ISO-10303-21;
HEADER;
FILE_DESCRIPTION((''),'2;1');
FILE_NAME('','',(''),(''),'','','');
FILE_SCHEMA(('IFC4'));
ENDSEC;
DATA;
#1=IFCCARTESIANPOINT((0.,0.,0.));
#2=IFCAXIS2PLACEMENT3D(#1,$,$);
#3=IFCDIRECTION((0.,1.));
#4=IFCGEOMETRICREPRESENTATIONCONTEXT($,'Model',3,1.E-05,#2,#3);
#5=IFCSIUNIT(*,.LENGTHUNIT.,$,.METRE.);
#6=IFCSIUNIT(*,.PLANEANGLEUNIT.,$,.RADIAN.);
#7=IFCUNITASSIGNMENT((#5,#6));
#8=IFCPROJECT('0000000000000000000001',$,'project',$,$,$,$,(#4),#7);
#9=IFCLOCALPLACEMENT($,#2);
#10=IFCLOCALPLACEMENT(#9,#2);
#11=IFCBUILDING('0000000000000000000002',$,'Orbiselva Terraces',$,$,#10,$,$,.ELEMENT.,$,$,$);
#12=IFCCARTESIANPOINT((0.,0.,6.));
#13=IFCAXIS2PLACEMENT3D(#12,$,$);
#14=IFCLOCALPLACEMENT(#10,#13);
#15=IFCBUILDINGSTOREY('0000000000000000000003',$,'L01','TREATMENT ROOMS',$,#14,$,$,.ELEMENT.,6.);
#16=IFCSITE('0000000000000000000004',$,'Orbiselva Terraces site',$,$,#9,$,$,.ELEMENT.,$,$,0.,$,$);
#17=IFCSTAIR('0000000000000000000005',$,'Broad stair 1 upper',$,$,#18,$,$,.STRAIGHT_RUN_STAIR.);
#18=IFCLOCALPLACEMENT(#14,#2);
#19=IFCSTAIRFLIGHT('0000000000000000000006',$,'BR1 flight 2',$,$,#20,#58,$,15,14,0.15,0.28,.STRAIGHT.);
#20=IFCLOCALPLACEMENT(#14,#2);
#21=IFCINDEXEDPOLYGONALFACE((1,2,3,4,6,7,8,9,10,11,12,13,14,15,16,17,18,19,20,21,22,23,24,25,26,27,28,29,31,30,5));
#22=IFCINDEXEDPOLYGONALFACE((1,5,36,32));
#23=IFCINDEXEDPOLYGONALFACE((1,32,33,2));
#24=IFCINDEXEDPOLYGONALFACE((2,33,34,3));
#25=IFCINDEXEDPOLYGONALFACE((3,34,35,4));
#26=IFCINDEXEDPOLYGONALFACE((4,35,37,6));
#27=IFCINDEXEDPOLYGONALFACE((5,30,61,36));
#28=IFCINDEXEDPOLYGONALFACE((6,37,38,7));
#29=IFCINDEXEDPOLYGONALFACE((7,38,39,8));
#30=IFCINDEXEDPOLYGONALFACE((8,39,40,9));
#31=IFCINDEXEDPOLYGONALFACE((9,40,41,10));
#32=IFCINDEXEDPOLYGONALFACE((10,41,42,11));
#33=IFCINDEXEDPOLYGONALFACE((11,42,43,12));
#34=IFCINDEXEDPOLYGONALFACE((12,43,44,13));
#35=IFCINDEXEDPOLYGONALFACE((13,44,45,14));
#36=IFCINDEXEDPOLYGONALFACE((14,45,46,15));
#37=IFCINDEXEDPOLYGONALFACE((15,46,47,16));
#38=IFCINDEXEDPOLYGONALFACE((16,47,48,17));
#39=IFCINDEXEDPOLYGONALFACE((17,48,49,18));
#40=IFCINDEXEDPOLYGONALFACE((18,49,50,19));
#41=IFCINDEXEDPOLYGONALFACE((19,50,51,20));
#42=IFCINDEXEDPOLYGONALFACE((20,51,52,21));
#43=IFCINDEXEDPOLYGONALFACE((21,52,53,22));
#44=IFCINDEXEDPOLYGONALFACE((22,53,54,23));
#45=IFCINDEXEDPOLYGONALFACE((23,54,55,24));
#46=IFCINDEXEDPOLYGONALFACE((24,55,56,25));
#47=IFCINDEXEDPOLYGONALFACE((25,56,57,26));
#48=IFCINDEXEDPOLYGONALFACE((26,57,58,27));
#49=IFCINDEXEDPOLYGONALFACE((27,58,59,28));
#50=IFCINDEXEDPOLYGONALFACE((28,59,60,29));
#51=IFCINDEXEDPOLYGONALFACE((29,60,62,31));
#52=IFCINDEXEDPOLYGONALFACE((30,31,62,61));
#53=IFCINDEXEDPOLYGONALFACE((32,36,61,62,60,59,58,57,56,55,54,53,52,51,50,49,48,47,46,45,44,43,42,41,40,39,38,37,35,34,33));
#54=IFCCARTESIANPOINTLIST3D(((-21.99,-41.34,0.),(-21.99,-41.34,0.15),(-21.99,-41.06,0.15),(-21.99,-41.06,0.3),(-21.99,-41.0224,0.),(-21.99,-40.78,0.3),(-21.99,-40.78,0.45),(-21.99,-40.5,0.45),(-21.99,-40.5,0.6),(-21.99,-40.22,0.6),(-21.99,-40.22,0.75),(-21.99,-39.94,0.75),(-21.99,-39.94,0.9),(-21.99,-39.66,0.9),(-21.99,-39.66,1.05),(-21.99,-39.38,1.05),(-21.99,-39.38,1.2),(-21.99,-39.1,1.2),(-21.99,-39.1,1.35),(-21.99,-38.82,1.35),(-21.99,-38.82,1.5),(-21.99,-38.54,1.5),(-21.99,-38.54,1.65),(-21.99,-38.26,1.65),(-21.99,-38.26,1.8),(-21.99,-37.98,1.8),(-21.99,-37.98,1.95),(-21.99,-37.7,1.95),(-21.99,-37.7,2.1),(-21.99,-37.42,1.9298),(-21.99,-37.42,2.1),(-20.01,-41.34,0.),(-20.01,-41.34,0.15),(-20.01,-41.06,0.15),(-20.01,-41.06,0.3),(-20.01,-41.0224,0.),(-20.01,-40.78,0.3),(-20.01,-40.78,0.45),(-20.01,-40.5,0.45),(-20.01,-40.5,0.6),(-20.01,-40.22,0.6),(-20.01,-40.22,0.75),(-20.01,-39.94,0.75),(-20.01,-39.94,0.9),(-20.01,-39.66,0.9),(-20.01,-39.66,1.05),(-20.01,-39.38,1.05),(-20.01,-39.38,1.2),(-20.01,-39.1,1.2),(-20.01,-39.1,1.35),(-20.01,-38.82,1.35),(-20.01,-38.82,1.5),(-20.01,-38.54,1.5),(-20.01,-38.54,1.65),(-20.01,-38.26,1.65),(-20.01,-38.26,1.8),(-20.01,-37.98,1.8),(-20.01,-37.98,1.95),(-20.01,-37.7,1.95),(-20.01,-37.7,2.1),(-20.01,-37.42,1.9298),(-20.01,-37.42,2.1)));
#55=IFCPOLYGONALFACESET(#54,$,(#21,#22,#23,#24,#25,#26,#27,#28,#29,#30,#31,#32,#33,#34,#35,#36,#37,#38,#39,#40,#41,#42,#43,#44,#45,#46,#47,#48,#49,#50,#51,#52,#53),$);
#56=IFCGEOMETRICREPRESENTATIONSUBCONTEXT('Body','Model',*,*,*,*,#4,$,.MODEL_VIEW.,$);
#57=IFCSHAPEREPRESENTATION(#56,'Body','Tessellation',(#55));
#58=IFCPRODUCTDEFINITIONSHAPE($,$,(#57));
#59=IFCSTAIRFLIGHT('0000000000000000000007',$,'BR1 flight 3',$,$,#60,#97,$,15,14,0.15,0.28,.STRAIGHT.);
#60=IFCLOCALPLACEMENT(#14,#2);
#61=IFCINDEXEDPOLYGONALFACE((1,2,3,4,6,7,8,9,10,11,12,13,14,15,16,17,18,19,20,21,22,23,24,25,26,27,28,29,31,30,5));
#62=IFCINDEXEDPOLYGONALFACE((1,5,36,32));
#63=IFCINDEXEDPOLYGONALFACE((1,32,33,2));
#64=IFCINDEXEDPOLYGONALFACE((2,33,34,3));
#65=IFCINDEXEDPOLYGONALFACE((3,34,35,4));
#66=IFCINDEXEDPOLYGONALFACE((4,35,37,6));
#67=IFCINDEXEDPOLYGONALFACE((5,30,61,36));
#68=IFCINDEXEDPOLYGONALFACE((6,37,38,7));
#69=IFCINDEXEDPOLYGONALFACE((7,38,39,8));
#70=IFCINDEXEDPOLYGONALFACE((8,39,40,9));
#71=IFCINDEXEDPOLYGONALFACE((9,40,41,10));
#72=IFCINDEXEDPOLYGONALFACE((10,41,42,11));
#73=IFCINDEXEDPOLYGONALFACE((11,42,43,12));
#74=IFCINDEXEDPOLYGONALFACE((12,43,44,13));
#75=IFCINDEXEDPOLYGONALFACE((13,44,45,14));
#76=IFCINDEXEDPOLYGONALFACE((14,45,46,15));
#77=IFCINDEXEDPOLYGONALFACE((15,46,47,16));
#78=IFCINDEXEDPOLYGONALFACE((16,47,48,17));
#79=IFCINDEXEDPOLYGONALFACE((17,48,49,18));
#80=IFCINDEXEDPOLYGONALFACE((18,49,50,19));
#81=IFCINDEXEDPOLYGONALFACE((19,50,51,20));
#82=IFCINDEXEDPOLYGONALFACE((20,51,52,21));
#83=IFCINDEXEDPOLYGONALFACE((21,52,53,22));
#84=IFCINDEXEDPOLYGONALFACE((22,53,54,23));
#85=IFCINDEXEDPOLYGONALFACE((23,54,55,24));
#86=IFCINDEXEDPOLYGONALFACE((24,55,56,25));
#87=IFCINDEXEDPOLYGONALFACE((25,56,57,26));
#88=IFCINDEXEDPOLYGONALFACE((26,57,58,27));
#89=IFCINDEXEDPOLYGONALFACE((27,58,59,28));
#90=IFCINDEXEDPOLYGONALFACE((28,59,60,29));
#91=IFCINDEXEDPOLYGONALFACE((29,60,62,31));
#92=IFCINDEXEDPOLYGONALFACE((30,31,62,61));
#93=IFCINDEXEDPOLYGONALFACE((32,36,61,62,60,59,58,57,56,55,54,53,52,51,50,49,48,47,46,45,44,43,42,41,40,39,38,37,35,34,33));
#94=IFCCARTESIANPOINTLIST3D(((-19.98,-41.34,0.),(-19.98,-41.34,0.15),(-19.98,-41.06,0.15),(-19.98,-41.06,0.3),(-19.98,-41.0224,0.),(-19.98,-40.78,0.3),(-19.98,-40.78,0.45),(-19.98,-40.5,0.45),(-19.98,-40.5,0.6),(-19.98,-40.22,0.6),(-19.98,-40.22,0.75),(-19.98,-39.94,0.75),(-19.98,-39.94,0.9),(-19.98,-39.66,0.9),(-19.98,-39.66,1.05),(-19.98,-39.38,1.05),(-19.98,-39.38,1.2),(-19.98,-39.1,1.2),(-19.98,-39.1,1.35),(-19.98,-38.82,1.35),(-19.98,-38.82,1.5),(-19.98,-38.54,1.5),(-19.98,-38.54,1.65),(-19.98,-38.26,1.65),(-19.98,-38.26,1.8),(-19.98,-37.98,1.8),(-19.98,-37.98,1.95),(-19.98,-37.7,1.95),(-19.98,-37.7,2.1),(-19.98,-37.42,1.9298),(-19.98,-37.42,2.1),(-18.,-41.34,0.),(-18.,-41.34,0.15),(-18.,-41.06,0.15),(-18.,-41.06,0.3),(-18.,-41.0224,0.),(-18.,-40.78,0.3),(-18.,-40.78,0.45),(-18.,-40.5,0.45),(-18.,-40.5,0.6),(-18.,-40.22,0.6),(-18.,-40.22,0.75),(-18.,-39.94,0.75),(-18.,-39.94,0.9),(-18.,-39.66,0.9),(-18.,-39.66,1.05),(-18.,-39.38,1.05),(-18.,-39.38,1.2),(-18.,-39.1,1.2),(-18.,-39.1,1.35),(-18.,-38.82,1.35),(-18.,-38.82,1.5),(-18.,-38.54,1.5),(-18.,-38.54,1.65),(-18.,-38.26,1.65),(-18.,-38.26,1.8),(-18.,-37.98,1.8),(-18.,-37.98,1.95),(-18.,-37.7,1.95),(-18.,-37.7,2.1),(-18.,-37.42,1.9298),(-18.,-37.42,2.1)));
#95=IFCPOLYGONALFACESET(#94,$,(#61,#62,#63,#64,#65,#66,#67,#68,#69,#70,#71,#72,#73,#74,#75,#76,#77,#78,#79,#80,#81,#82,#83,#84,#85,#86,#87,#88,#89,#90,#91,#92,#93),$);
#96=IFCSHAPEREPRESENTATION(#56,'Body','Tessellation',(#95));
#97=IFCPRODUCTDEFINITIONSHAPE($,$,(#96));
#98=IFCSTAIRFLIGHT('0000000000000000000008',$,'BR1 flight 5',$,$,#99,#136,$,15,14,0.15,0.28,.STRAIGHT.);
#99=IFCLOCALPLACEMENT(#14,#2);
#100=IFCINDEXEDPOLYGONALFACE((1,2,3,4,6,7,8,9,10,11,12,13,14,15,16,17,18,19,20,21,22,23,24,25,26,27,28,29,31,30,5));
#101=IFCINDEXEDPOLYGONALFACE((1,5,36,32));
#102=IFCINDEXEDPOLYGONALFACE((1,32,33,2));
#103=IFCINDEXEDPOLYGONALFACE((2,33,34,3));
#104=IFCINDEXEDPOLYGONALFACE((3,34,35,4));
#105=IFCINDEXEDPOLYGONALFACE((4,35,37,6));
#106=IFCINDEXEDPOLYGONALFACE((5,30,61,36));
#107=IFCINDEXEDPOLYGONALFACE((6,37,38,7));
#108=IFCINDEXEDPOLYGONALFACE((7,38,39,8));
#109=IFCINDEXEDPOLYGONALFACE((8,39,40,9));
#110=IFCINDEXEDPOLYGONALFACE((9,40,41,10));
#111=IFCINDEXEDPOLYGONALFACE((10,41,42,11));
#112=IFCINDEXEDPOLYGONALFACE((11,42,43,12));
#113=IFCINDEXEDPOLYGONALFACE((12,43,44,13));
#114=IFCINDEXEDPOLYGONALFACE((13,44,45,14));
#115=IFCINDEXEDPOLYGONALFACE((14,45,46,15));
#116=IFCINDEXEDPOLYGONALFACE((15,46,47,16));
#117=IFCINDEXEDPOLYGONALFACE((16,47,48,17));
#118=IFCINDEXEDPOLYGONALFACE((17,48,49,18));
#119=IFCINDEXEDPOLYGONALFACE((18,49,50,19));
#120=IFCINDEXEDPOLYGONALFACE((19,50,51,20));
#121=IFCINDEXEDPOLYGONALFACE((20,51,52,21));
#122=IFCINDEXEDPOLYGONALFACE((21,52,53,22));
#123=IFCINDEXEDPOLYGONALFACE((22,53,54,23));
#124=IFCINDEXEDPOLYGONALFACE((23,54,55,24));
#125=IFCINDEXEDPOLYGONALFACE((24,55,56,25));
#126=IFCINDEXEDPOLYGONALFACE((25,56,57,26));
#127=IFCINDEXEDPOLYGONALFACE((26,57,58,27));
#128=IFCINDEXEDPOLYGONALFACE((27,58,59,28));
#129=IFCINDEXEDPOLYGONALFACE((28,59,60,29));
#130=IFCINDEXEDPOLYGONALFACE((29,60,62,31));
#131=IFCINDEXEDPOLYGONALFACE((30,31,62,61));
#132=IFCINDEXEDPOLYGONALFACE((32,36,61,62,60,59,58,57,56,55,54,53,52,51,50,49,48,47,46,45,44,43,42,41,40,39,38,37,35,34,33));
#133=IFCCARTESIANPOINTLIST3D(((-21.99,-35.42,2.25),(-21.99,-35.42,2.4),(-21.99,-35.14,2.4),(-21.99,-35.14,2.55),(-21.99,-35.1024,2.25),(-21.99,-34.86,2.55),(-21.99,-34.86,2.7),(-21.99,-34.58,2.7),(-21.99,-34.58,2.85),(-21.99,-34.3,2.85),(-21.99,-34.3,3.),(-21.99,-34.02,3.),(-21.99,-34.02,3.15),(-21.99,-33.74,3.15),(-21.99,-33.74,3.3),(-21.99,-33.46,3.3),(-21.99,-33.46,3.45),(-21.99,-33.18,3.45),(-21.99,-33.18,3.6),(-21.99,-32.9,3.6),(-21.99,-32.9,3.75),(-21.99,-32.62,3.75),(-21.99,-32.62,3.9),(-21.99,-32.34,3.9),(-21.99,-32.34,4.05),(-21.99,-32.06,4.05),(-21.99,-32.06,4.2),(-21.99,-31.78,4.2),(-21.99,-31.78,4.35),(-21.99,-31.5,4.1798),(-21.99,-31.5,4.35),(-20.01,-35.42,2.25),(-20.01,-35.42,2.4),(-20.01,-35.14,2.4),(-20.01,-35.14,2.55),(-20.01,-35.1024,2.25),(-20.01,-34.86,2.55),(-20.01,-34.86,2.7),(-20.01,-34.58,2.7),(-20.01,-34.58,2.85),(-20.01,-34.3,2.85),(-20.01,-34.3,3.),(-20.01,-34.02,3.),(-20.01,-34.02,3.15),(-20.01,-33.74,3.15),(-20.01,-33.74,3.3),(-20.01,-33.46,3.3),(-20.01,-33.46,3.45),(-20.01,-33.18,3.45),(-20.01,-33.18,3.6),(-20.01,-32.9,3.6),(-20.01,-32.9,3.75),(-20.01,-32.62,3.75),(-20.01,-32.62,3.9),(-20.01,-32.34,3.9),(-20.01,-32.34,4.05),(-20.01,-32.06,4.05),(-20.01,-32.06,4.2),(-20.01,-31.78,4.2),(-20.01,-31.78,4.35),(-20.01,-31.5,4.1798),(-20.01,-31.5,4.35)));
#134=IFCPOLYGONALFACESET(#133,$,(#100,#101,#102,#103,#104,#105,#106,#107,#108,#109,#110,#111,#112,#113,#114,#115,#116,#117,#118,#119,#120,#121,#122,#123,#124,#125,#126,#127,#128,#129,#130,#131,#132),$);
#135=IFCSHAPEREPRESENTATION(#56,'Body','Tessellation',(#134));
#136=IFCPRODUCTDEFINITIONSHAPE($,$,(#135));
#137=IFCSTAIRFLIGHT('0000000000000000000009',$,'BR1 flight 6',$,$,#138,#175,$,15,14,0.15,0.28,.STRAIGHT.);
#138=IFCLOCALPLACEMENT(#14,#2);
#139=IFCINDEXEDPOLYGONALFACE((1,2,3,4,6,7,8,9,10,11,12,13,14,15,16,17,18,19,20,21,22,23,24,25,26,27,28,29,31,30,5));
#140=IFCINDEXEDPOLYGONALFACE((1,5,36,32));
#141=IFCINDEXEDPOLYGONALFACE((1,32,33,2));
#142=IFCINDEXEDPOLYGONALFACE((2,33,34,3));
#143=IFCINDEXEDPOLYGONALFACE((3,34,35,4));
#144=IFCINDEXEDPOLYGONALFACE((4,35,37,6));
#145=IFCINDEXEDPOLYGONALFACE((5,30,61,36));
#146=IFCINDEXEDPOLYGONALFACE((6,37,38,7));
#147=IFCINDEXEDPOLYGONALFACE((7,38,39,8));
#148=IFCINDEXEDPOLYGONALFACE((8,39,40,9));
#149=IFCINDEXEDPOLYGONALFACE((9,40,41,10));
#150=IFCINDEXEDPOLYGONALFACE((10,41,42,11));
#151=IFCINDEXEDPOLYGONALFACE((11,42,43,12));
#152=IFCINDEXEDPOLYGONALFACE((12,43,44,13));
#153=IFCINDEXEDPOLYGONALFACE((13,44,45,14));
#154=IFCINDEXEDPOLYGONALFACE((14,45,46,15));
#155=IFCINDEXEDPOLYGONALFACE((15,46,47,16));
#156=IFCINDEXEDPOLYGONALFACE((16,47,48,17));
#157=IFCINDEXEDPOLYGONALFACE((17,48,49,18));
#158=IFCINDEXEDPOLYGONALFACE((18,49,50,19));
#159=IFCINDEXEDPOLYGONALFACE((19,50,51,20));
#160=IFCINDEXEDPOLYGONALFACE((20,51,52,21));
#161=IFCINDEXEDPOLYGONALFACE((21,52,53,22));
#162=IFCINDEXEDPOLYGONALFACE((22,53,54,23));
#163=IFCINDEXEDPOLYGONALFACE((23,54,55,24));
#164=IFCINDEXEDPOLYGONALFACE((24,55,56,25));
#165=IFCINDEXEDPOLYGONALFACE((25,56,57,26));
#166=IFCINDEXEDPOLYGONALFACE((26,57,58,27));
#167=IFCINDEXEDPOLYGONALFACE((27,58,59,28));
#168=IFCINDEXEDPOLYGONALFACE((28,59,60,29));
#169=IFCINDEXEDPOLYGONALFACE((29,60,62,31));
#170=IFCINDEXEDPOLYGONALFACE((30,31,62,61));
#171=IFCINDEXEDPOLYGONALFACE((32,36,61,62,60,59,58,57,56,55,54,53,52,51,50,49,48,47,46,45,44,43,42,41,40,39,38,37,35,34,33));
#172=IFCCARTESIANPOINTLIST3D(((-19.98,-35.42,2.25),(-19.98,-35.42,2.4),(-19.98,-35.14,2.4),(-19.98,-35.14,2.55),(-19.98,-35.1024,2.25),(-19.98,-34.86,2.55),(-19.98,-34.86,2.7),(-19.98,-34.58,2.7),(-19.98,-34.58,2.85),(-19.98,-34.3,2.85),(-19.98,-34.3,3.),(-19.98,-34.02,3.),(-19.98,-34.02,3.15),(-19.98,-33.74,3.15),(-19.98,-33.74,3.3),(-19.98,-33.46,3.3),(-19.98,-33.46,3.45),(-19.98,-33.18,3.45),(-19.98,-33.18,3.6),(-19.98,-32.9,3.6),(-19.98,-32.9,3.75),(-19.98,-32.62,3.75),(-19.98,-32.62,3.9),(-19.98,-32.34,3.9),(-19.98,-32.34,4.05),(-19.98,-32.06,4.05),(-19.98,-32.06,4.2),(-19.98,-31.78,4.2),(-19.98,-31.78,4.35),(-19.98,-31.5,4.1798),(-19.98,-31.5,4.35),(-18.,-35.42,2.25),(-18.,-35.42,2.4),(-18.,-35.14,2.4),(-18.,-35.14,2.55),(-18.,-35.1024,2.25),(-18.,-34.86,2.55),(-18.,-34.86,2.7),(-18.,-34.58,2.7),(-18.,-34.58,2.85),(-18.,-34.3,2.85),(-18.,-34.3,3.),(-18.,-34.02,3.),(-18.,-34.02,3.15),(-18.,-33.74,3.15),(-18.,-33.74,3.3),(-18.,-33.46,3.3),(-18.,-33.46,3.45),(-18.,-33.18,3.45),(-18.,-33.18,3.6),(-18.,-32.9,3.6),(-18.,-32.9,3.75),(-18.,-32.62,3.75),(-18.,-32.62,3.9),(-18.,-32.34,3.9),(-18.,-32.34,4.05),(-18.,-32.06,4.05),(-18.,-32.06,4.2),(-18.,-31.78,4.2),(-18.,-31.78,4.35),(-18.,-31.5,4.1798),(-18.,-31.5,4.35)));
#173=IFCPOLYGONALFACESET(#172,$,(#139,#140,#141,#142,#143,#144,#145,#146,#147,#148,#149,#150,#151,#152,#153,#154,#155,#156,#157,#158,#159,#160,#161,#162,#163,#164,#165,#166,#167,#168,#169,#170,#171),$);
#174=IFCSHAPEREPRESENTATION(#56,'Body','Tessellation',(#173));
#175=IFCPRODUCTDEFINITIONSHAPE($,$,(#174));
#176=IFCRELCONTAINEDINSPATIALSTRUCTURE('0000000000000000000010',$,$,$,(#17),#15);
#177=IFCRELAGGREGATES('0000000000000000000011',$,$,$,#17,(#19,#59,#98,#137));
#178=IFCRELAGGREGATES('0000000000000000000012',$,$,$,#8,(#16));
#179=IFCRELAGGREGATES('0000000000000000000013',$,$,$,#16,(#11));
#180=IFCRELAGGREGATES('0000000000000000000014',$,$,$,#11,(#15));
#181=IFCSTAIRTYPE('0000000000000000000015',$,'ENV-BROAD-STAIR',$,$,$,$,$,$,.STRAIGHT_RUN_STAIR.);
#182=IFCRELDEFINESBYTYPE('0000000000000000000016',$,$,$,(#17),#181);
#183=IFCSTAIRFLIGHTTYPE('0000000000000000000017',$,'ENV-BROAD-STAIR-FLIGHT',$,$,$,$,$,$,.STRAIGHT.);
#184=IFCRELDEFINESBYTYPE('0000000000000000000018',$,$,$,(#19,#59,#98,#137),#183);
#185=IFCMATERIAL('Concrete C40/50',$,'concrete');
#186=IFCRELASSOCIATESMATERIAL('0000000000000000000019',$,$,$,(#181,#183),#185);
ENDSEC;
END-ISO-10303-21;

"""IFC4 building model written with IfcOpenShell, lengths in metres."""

from ifc_helpers import new_model, si_unit, direction, frame, origin, place, context, subcontext, project, spatial, polyline, outline, extrude, material, type_object, element, aggregate, save


model = new_model("IFC4")

# Units and contexts
model_context = context("Model", 3, precision=1e-05, world=origin(), true_north=direction((0.0, 1.0)))
body_context = subcontext(model_context, "Body", "Model", "MODEL_VIEW")
ifc_project = project(units=[si_unit("LENGTHUNIT", "METRE"), si_unit("PLANEANGLEUNIT", "RADIAN")], contexts=[model_context])

# Site, building, storey
site_placement = place(None, origin())
site = spatial("IfcSite", under=ifc_project, at=site_placement, Name="Orbiselva Terraces site", CompositionType="ELEMENT", RefElevation=0.0)
building_placement = place(site_placement, origin())
building = spatial("IfcBuilding", under=site, at=building_placement, Name="Orbiselva Terraces", CompositionType="ELEMENT")
storey_placement = place(building_placement, frame((0.0, 0.0, 6.0)))
storey = spatial("IfcBuildingStorey", under=building, at=storey_placement, Name="L01", Description="TREATMENT ROOMS", CompositionType="ELEMENT", Elevation=6.0)

# Stair, stair flights
ifc_material_1 = material(Name="Concrete C40/50", Category="concrete")
stair_type = type_object("IfcStairType", Name="ENV-BROAD-STAIR", PredefinedType="STRAIGHT_RUN_STAIR", material=ifc_material_1)
stair_placement = place(storey_placement, origin())
stair = element("IfcStair", 1, at=stair_placement, inside=storey, type_object=stair_type, Name="Broad stair 1 upper", PredefinedType="STRAIGHT_RUN_STAIR")
stair_flight_type = type_object("IfcStairFlightType", Name="ENV-BROAD-STAIR-FLIGHT", PredefinedType="STRAIGHT", material=ifc_material_1)
stair_flight_1_placement = place(storey_placement, frame((-21.0, -41.34, 0.0), z_axis=(0.0, 0.0, 1.0), x_axis=(0.0, 1.0, 0.0)))
stair_flight_1 = element("IfcStairFlight", 2, at=stair_flight_1_placement, type_object=stair_flight_type, Name="BR1 flight 2", NumberOfRisers=15, NumberOfTreads=14, PredefinedType="STRAIGHT", RiserHeight=0.15, TreadLength=0.28, context=body_context, shape_type="SweptSolid", body=[
    extrude(outline(polyline([(0.0, 0.0), (0.0, 0.15), (0.28, 0.15), (0.28, 0.3), (0.56, 0.3), (0.56, 0.45), (0.84, 0.45), (0.84, 0.6), (1.12, 0.6), (1.12, 0.75), (1.4, 0.75), (1.4, 0.9), (1.68, 0.9), (1.68, 1.05), (1.96, 1.05), (1.96, 1.2), (2.24, 1.2), (2.24, 1.35), (2.52, 1.35), (2.52, 1.5), (2.8, 1.5), (2.8, 1.65), (3.08, 1.65), (3.08, 1.8), (3.36, 1.8), (3.36, 1.95), (3.64, 1.95), (3.64, 2.1), (3.92, 2.1), (3.92, 2.25), (3.92, 1.9298), (0.3176, 0.0), (0.0, 0.0)])), frame((0.0, 0.99, 0.0), z_axis=(0.0, -1.0, 0.0), x_axis=(1.0, 0.0, 0.0)), (0.0, 0.0, 1.0), 1.98),
])
stair_flight_2_placement = place(storey_placement, frame((-18.99, -41.34, 0.0), z_axis=(0.0, 0.0, 1.0), x_axis=(0.0, 1.0, 0.0)))
stair_flight_2 = element("IfcStairFlight", 3, at=stair_flight_2_placement, type_object=stair_flight_type, Name="BR1 flight 3", NumberOfRisers=15, NumberOfTreads=14, PredefinedType="STRAIGHT", RiserHeight=0.15, TreadLength=0.28, context=body_context, shape_type="SweptSolid", body=[
    extrude(outline(polyline([(0.0, 0.0), (0.0, 0.15), (0.28, 0.15), (0.28, 0.3), (0.56, 0.3), (0.56, 0.45), (0.84, 0.45), (0.84, 0.6), (1.12, 0.6), (1.12, 0.75), (1.4, 0.75), (1.4, 0.9), (1.68, 0.9), (1.68, 1.05), (1.96, 1.05), (1.96, 1.2), (2.24, 1.2), (2.24, 1.35), (2.52, 1.35), (2.52, 1.5), (2.8, 1.5), (2.8, 1.65), (3.08, 1.65), (3.08, 1.8), (3.36, 1.8), (3.36, 1.95), (3.64, 1.95), (3.64, 2.1), (3.92, 2.1), (3.92, 2.25), (3.92, 1.9298), (0.3176, 0.0), (0.0, 0.0)])), frame((0.0, 0.99, 0.0), z_axis=(0.0, -1.0, 0.0), x_axis=(1.0, 0.0, 0.0)), (0.0, 0.0, 1.0), 1.98),
])
stair_flight_3_placement = place(storey_placement, frame((-21.0, -35.42, 2.25), z_axis=(0.0, 0.0, 1.0), x_axis=(0.0, 1.0, 0.0)))
stair_flight_3 = element("IfcStairFlight", 4, at=stair_flight_3_placement, type_object=stair_flight_type, Name="BR1 flight 5", NumberOfRisers=15, NumberOfTreads=14, PredefinedType="STRAIGHT", RiserHeight=0.15, TreadLength=0.28, context=body_context, shape_type="SweptSolid", body=[
    extrude(outline(polyline([(0.0, 0.0), (0.0, 0.15), (0.28, 0.15), (0.28, 0.3), (0.56, 0.3), (0.56, 0.45), (0.84, 0.45), (0.84, 0.6), (1.12, 0.6), (1.12, 0.75), (1.4, 0.75), (1.4, 0.9), (1.68, 0.9), (1.68, 1.05), (1.96, 1.05), (1.96, 1.2), (2.24, 1.2), (2.24, 1.35), (2.52, 1.35), (2.52, 1.5), (2.8, 1.5), (2.8, 1.65), (3.08, 1.65), (3.08, 1.8), (3.36, 1.8), (3.36, 1.95), (3.64, 1.95), (3.64, 2.1), (3.92, 2.1), (3.92, 2.25), (3.92, 1.9298), (0.3176, 0.0), (0.0, 0.0)])), frame((0.0, 0.99, 0.0), z_axis=(0.0, -1.0, 0.0), x_axis=(1.0, 0.0, 0.0)), (0.0, 0.0, 1.0), 1.98),
])
stair_flight_4_placement = place(storey_placement, frame((-18.99, -35.42, 2.25), z_axis=(0.0, 0.0, 1.0), x_axis=(0.0, 1.0, 0.0)))
stair_flight_4 = element("IfcStairFlight", 5, at=stair_flight_4_placement, type_object=stair_flight_type, Name="BR1 flight 6", NumberOfRisers=15, NumberOfTreads=14, PredefinedType="STRAIGHT", RiserHeight=0.15, TreadLength=0.28, context=body_context, shape_type="SweptSolid", body=[
    extrude(outline(polyline([(0.0, 0.0), (0.0, 0.15), (0.28, 0.15), (0.28, 0.3), (0.56, 0.3), (0.56, 0.45), (0.84, 0.45), (0.84, 0.6), (1.12, 0.6), (1.12, 0.75), (1.4, 0.75), (1.4, 0.9), (1.68, 0.9), (1.68, 1.05), (1.96, 1.05), (1.96, 1.2), (2.24, 1.2), (2.24, 1.35), (2.52, 1.35), (2.52, 1.5), (2.8, 1.5), (2.8, 1.65), (3.08, 1.65), (3.08, 1.8), (3.36, 1.8), (3.36, 1.95), (3.64, 1.95), (3.64, 2.1), (3.92, 2.1), (3.92, 2.25), (3.92, 1.9298), (0.3176, 0.0), (0.0, 0.0)])), frame((0.0, 0.99, 0.0), z_axis=(0.0, -1.0, 0.0), x_axis=(1.0, 0.0, 0.0)), (0.0, 0.0, 1.0), 1.98),
])
aggregate(stair, [stair_flight_1, stair_flight_2, stair_flight_3, stair_flight_4])

save(model, "model.ifc")
